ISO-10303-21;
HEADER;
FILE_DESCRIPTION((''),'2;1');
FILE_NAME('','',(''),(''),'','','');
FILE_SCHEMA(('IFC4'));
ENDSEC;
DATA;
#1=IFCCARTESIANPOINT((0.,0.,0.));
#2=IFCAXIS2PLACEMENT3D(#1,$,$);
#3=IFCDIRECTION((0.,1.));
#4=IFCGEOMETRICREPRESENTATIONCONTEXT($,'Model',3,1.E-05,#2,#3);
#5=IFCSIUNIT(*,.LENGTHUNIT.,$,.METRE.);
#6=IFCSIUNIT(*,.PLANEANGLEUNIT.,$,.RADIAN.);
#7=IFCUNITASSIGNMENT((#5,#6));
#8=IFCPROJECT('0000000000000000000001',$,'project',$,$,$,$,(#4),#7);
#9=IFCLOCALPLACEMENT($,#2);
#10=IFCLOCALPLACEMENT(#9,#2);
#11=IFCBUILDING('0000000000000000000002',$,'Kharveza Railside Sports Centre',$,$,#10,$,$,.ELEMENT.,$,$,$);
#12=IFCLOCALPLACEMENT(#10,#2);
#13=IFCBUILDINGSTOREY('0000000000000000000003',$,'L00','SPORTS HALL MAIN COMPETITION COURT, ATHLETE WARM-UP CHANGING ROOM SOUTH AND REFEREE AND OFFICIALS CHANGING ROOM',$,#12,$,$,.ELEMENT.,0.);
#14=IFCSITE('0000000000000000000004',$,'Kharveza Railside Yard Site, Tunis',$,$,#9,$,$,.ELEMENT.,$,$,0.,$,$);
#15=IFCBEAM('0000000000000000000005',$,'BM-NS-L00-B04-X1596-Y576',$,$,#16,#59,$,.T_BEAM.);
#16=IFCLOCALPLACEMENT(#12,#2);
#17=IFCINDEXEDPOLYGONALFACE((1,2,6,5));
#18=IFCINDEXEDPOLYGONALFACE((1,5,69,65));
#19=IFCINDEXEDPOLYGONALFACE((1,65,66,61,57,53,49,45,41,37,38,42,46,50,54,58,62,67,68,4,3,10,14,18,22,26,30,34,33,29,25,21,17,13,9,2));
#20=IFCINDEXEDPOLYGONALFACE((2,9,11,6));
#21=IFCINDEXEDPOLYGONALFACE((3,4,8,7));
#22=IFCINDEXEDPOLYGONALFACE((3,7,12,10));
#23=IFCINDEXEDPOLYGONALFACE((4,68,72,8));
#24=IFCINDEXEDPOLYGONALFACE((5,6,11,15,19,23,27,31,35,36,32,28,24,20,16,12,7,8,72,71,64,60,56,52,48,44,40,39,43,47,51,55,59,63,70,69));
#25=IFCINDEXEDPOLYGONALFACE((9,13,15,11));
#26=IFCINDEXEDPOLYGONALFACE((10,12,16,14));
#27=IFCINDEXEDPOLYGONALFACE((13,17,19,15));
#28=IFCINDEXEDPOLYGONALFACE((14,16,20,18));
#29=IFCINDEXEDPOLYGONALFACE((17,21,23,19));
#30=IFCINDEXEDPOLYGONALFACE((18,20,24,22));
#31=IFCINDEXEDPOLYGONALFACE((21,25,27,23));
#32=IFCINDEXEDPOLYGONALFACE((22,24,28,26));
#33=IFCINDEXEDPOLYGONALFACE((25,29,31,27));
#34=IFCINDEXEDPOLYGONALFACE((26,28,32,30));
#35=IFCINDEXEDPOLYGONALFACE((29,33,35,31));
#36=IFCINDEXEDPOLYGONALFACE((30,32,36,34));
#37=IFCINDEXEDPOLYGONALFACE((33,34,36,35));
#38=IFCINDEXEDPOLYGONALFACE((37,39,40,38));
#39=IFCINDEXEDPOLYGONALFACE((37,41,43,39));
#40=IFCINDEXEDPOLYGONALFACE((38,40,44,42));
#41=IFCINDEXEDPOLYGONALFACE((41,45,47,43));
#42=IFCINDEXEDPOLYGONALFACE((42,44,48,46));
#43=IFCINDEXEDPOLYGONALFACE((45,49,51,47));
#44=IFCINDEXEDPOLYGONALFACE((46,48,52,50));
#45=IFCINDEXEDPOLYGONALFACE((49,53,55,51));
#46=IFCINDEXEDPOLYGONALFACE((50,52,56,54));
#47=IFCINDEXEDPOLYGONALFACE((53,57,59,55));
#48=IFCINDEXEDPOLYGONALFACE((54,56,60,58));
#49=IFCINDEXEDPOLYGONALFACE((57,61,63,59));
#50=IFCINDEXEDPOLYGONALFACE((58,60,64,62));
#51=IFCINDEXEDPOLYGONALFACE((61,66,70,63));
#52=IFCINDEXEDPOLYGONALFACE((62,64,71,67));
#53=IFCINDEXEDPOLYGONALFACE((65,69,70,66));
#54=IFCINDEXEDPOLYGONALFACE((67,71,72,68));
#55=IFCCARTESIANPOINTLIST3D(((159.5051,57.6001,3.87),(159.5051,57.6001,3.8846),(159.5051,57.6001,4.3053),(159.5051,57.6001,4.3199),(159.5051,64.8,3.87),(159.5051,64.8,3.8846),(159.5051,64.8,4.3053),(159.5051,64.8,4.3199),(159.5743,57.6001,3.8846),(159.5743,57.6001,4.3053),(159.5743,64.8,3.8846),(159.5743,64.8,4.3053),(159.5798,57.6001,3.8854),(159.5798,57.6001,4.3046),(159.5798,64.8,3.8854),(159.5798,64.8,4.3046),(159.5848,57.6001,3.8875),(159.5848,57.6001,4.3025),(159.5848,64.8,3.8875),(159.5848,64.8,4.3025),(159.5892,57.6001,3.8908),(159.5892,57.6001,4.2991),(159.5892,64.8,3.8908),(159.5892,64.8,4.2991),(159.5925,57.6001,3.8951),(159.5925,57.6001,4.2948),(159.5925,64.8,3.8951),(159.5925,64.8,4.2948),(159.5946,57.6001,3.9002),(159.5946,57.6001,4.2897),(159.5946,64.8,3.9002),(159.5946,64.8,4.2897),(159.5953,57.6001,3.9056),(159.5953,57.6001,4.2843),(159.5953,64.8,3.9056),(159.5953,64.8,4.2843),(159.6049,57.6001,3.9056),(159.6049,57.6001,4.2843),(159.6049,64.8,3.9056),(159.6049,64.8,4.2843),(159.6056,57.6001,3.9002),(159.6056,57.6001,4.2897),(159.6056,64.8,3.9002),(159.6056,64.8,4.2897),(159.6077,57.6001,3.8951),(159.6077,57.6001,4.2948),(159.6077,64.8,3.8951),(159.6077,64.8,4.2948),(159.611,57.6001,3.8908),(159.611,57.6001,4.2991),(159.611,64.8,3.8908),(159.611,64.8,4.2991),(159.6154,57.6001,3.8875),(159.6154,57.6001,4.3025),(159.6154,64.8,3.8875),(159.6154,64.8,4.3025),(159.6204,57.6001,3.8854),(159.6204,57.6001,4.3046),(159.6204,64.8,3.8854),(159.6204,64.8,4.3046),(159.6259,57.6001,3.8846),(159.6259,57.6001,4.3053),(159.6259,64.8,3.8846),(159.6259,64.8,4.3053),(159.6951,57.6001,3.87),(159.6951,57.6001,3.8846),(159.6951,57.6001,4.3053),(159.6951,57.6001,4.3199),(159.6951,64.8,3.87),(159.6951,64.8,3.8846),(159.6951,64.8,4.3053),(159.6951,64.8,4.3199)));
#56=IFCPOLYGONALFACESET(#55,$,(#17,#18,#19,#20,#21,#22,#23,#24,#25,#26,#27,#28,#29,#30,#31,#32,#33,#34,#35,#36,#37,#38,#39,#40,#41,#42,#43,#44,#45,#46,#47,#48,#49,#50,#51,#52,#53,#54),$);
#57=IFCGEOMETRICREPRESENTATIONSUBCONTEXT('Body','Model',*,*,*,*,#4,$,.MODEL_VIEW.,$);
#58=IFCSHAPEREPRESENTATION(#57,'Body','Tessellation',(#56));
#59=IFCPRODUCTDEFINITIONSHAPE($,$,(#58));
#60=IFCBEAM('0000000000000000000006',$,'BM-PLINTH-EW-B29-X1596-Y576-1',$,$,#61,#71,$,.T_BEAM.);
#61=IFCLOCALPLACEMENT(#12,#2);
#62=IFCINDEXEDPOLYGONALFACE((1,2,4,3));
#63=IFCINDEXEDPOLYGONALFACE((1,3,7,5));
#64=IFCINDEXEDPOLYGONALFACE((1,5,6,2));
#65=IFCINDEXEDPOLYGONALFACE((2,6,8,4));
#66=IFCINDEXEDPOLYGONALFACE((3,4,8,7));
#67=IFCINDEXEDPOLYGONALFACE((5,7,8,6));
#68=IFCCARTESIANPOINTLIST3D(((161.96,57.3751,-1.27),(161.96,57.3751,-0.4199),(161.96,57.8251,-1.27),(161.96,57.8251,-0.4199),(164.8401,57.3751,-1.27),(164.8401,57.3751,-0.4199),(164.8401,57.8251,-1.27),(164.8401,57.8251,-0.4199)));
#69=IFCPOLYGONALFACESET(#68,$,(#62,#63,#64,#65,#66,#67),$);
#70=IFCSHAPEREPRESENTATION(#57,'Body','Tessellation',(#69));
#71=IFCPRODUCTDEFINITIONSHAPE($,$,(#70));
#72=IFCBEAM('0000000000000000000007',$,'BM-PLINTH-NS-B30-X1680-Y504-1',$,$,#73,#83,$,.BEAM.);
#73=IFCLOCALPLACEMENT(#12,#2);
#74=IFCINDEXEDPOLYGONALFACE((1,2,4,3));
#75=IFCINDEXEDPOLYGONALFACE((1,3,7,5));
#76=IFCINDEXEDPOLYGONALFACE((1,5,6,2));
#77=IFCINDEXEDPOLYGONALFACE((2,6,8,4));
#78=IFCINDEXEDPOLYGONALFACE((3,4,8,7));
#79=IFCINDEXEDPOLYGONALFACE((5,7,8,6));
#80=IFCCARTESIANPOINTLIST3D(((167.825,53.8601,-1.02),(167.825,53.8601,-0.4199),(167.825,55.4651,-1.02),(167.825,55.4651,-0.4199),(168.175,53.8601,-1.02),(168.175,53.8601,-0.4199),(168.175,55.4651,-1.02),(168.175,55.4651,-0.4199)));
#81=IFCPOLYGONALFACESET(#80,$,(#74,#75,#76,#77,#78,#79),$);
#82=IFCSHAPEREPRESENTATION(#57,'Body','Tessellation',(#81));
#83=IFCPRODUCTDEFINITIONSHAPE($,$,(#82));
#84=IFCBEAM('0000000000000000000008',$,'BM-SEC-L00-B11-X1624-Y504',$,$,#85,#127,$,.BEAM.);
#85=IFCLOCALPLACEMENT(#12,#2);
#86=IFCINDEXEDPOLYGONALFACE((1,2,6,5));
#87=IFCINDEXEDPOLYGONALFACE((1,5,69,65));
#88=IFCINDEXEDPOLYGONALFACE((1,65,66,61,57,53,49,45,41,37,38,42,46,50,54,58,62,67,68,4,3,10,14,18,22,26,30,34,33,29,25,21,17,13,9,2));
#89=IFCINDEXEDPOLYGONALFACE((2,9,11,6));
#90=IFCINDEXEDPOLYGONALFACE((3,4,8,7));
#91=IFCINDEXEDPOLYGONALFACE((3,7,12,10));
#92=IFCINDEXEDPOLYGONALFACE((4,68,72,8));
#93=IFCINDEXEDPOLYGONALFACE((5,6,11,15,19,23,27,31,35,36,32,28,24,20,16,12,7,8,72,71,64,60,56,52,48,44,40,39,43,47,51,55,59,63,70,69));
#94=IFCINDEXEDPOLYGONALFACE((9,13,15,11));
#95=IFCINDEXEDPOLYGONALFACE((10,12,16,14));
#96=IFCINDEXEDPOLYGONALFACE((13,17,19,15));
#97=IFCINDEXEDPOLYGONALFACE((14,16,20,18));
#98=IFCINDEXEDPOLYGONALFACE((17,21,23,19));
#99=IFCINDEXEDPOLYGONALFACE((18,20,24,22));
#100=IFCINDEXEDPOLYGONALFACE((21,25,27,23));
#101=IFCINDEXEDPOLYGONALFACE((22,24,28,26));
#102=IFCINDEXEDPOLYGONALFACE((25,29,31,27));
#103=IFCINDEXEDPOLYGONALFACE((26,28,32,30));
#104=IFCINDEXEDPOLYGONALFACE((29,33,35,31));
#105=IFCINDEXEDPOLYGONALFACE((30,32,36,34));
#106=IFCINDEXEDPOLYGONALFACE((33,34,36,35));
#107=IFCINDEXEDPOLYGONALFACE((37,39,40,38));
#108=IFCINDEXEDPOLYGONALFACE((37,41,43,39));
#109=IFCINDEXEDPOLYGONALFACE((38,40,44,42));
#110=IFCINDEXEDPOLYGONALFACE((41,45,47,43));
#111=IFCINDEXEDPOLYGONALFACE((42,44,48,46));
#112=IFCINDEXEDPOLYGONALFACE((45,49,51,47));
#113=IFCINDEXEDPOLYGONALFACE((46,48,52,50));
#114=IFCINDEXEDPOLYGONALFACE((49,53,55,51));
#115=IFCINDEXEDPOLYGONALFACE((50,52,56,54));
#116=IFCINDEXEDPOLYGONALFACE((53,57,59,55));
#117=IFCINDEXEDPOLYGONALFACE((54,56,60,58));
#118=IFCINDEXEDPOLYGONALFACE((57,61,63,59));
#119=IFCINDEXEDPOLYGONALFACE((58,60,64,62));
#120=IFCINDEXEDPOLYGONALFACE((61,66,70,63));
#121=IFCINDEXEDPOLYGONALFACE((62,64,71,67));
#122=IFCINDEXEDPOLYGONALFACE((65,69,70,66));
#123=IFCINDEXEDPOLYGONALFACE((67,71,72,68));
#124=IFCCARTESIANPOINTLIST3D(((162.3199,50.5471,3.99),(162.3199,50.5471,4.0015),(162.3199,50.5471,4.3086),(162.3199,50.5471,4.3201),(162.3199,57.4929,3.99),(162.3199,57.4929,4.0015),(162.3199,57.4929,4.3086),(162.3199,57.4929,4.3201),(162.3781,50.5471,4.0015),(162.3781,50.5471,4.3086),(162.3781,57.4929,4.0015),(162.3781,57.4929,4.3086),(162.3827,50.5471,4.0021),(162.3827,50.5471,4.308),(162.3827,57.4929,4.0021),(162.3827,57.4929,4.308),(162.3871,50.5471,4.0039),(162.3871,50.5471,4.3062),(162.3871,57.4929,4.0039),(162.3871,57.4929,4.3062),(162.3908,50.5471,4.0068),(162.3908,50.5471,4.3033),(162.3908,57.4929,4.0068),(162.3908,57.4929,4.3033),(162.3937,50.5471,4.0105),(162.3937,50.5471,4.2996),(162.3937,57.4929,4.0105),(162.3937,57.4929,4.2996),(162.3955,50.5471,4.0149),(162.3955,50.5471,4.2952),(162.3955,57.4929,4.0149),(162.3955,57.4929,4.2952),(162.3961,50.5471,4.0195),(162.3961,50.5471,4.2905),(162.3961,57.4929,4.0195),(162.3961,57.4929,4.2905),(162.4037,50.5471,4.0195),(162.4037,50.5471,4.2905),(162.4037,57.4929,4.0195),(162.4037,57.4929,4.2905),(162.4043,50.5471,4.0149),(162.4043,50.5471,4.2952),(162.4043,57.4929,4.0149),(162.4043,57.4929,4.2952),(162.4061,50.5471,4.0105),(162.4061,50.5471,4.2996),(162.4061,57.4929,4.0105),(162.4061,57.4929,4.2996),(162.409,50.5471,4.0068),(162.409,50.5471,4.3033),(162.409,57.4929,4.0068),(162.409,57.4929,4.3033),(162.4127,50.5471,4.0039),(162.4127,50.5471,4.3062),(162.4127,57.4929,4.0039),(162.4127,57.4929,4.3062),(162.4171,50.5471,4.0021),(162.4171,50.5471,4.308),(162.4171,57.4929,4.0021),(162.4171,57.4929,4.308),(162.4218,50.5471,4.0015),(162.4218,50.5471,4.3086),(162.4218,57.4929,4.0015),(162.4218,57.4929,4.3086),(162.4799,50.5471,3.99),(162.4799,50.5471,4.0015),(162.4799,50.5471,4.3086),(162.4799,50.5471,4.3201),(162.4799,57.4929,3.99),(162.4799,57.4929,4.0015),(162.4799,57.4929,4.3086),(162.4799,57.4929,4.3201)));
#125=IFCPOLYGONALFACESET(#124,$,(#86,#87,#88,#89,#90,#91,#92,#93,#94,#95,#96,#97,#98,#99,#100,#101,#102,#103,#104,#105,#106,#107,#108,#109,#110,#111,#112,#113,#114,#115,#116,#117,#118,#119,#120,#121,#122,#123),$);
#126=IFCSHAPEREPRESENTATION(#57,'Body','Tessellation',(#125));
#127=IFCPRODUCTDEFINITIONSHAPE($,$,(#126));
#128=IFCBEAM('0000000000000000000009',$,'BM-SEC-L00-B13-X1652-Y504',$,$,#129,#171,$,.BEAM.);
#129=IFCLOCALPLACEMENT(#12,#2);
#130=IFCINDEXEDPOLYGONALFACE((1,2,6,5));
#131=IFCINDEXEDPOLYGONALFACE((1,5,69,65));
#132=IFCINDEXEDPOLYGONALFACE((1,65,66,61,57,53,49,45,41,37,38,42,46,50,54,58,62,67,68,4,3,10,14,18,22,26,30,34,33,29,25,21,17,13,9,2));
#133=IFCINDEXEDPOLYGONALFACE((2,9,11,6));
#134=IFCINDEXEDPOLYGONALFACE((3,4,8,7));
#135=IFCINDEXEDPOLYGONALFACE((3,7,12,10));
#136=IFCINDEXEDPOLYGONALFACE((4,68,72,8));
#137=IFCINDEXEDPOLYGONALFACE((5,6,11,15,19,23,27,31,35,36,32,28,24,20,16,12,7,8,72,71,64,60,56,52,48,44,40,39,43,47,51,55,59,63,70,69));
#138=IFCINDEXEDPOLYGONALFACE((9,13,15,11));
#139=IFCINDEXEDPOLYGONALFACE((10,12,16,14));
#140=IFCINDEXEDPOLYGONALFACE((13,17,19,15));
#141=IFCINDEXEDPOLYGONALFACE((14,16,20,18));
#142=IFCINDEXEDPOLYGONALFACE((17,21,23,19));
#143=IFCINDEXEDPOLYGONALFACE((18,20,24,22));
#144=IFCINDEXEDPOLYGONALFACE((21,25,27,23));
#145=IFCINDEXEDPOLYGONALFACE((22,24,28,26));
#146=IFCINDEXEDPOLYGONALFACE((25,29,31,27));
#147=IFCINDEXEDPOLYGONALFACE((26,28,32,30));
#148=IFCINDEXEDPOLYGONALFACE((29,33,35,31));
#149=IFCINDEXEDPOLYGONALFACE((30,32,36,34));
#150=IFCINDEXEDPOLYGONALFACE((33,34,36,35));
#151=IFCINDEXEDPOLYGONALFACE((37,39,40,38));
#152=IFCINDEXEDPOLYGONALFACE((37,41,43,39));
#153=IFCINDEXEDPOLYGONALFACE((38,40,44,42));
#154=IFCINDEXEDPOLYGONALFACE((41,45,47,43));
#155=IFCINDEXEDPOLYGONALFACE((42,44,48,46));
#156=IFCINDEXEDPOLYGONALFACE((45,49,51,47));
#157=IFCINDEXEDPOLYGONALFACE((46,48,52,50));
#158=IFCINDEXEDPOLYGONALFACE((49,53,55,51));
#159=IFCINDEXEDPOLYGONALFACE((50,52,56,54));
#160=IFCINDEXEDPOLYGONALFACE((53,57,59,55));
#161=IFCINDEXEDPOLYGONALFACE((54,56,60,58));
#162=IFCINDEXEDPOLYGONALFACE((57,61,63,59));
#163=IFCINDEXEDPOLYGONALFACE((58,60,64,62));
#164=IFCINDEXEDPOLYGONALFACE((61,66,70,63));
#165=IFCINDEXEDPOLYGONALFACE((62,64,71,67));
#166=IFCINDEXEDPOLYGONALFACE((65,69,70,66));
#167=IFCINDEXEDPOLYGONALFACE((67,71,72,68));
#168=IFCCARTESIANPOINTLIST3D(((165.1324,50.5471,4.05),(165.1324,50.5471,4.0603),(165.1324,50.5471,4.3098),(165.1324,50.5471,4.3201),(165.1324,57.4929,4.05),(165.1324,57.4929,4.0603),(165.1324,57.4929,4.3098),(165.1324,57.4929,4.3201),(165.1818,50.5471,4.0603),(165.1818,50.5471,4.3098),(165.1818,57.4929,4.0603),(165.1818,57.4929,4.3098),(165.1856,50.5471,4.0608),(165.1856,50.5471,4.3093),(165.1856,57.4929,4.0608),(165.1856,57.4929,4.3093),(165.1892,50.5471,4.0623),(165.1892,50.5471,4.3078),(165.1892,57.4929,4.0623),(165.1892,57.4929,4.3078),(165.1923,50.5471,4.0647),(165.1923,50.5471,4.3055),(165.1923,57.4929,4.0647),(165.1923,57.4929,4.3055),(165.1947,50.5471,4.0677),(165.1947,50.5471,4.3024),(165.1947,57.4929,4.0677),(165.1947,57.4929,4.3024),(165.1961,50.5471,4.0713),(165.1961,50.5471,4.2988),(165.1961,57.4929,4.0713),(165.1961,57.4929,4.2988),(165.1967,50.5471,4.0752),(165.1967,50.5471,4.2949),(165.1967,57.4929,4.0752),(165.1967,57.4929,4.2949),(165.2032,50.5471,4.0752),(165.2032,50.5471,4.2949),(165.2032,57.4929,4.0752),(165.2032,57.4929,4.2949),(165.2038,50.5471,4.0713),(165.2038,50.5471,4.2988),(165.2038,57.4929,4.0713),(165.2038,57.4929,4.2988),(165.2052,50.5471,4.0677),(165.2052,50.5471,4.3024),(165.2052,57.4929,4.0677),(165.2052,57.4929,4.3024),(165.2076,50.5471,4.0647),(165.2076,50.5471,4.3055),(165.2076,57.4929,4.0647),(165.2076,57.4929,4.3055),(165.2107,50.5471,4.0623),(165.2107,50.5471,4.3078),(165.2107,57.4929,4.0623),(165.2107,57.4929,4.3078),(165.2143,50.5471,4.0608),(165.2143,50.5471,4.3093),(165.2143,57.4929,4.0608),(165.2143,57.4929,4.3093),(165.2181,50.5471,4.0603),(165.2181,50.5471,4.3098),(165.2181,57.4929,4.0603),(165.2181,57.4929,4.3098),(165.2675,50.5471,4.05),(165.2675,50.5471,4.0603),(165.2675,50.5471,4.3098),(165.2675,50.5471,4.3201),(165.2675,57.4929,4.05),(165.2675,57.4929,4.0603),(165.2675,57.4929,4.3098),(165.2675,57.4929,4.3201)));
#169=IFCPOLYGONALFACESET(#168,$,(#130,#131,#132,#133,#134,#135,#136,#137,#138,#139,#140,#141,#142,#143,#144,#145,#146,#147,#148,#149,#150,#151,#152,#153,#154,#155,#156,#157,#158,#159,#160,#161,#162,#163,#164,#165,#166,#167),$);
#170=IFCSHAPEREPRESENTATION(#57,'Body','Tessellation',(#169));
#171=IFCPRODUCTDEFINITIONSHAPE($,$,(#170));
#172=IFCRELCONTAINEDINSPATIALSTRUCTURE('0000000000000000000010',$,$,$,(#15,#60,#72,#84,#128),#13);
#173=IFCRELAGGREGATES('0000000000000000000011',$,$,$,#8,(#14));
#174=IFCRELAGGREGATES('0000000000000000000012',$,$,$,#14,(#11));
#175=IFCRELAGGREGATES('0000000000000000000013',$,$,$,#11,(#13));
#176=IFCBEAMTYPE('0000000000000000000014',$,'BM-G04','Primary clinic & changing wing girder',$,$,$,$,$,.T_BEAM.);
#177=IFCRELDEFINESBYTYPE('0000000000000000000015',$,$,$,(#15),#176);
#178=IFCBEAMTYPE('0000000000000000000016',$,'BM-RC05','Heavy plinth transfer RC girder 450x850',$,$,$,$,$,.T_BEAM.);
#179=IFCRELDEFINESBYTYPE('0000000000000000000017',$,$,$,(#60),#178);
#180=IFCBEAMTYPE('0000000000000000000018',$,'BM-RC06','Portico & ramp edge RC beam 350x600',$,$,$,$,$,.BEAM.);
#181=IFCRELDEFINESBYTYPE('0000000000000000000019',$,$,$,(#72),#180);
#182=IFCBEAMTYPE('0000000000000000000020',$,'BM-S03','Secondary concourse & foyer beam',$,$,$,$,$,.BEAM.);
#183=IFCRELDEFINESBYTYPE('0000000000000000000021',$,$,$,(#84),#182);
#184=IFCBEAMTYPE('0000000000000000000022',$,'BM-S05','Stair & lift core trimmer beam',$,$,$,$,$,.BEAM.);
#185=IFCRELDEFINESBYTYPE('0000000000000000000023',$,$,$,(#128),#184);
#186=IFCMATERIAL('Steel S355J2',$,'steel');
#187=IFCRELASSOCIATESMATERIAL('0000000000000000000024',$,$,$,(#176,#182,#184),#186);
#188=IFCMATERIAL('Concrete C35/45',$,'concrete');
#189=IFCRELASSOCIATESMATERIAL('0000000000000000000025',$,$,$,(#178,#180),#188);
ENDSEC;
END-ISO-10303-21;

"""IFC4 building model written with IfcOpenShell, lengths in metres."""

from ifc_helpers import new_model, si_unit, direction, frame, origin, origin_2d, place, context, subcontext, project, spatial, rectangle, i_section, extrude, material, material_profile, profile_set, type_object, element, save


model = new_model("IFC4")

# Units and contexts
model_context = context("Model", 3, precision=1e-05, world=origin(), true_north=direction((0.0, 1.0)))
body_context = subcontext(model_context, "Body", "Model", "MODEL_VIEW")
ifc_project = project(units=[si_unit("LENGTHUNIT", "METRE"), si_unit("PLANEANGLEUNIT", "RADIAN")], contexts=[model_context])

# Site, building, storey
site_placement = place(None, origin())
site = spatial("IfcSite", under=ifc_project, at=site_placement, Name="Kharveza Railside Yard Site, Tunis", CompositionType="ELEMENT", RefElevation=0.0)
building_placement = place(site_placement, origin())
building = spatial("IfcBuilding", under=site, at=building_placement, Name="Kharveza Railside Sports Centre", CompositionType="ELEMENT")
storey_placement = place(building_placement, origin())
storey = spatial("IfcBuildingStorey", under=building, at=storey_placement, Name="L00", Description="SPORTS HALL MAIN COMPETITION COURT, ATHLETE WARM-UP CHANGING ROOM SOUTH AND REFEREE AND OFFICIALS CHANGING ROOM", CompositionType="ELEMENT", Elevation=0.0)

# Shared definitions
ifc_material_1 = material(Name="Concrete C35/45", Category="concrete")

# Shared definitions
ifc_material_2 = material(Name="Steel S355J2", Category="steel")

# Beams
ifc_material_profile_1 = material_profile(ifc_material_2, i_section(OverallWidth=0.1899, OverallDepth=0.45, WebThickness=0.0095, FlangeThickness=0.0146, FilletRadius=0.021, at=origin_2d()), Name="IPE 450")
ifc_profile_set_1 = profile_set([ifc_material_profile_1], Name="Steel S355J2")
beam_type_1 = type_object("IfcBeamType", Name="BM-G04", Description="Primary clinic & changing wing girder", PredefinedType="T_BEAM", material=ifc_profile_set_1)
beam_1_placement = place(storey_placement, frame((159.6001, 57.6001, 4.095), z_axis=(0.0, 1.0, 0.0), x_axis=(-1.0, 0.0, 0.0)))
element("IfcBeam", 1, at=beam_1_placement, inside=storey, type_object=beam_type_1, Name="BM-NS-L00-B04-X1596-Y576", PredefinedType="T_BEAM", context=body_context, shape_type="SweptSolid", body=[
    extrude(i_section(OverallWidth=0.1899, OverallDepth=0.45, WebThickness=0.0095, FlangeThickness=0.0146, FilletRadius=0.021, at=origin_2d()), origin(), (0.0, 0.0, 1.0), 7.2),
])
ifc_material_profile_2 = material_profile(ifc_material_1, rectangle(XDim=0.45, YDim=0.8501, at=origin_2d()), Name="RCB 450x850")
ifc_profile_set_2 = profile_set([ifc_material_profile_2], Name="Concrete C35/45")
beam_type_2 = type_object("IfcBeamType", Name="BM-RC05", Description="Heavy plinth transfer RC girder 450x850", PredefinedType="T_BEAM", material=ifc_profile_set_2)
beam_2_placement = place(storey_placement, frame((161.96, 57.6001, -0.845), z_axis=(1.0, 0.0, 0.0), x_axis=(0.0, 1.0, 0.0)))
element("IfcBeam", 2, at=beam_2_placement, inside=storey, type_object=beam_type_2, Name="BM-PLINTH-EW-B29-X1596-Y576-1", PredefinedType="T_BEAM", context=body_context, shape_type="SweptSolid", body=[
    extrude(rectangle(XDim=0.45, YDim=0.8501, at=origin_2d()), origin(), (0.0, 0.0, 1.0), 2.8801),
])
ifc_material_profile_3 = material_profile(ifc_material_1, rectangle(XDim=0.3501, YDim=0.6001, at=origin_2d()), Name="RCB 350x600")
ifc_profile_set_3 = profile_set([ifc_material_profile_3], Name="Concrete C35/45")
beam_type_3 = type_object("IfcBeamType", Name="BM-RC06", Description="Portico & ramp edge RC beam 350x600", PredefinedType="BEAM", material=ifc_profile_set_3)
beam_3_placement = place(storey_placement, frame((168.0, 53.8601, -0.72), z_axis=(0.0, 1.0, 0.0), x_axis=(-1.0, 0.0, 0.0)))
element("IfcBeam", 3, at=beam_3_placement, inside=storey, type_object=beam_type_3, Name="BM-PLINTH-NS-B30-X1680-Y504-1", PredefinedType="BEAM", context=body_context, shape_type="SweptSolid", body=[
    extrude(rectangle(XDim=0.3501, YDim=0.6001, at=origin_2d()), origin(), (0.0, 0.0, 1.0), 1.605),
])
ifc_material_profile_4 = material_profile(ifc_material_2, i_section(OverallWidth=0.1599, OverallDepth=0.3301, WebThickness=0.0076, FlangeThickness=0.0115, FilletRadius=0.0181, at=origin_2d()), Name="IPE 330")
ifc_profile_set_4 = profile_set([ifc_material_profile_4], Name="Steel S355J2")
beam_type_4 = type_object("IfcBeamType", Name="BM-S03", Description="Secondary concourse & foyer beam", PredefinedType="BEAM", material=ifc_profile_set_4)
beam_4_placement = place(storey_placement, frame((162.3999, 50.5471, 4.155), z_axis=(0.0, 1.0, 0.0), x_axis=(-1.0, 0.0, 0.0)))
element("IfcBeam", 4, at=beam_4_placement, inside=storey, type_object=beam_type_4, Name="BM-SEC-L00-B11-X1624-Y504", PredefinedType="BEAM", context=body_context, shape_type="SweptSolid", body=[
    extrude(i_section(OverallWidth=0.1599, OverallDepth=0.3301, WebThickness=0.0076, FlangeThickness=0.0115, FilletRadius=0.0181, at=origin_2d()), origin(), (0.0, 0.0, 1.0), 6.9458),
])
ifc_material_profile_5 = material_profile(ifc_material_2, i_section(OverallWidth=0.135, OverallDepth=0.27, WebThickness=0.0066, FlangeThickness=0.0103, FilletRadius=0.0149, at=origin_2d()), Name="IPE 270")
ifc_profile_set_5 = profile_set([ifc_material_profile_5], Name="Steel S355J2")
beam_type_5 = type_object("IfcBeamType", Name="BM-S05", Description="Stair & lift core trimmer beam", PredefinedType="BEAM", material=ifc_profile_set_5)
beam_5_placement = place(storey_placement, frame((165.2, 50.5471, 4.1851), z_axis=(0.0, 1.0, 0.0), x_axis=(-1.0, 0.0, 0.0)))
element("IfcBeam", 5, at=beam_5_placement, inside=storey, type_object=beam_type_5, Name="BM-SEC-L00-B13-X1652-Y504", PredefinedType="BEAM", context=body_context, shape_type="SweptSolid", body=[
    extrude(i_section(OverallWidth=0.135, OverallDepth=0.27, WebThickness=0.0066, FlangeThickness=0.0103, FilletRadius=0.0149, at=origin_2d()), origin(), (0.0, 0.0, 1.0), 6.9458),
])

save(model, "model.ifc")
